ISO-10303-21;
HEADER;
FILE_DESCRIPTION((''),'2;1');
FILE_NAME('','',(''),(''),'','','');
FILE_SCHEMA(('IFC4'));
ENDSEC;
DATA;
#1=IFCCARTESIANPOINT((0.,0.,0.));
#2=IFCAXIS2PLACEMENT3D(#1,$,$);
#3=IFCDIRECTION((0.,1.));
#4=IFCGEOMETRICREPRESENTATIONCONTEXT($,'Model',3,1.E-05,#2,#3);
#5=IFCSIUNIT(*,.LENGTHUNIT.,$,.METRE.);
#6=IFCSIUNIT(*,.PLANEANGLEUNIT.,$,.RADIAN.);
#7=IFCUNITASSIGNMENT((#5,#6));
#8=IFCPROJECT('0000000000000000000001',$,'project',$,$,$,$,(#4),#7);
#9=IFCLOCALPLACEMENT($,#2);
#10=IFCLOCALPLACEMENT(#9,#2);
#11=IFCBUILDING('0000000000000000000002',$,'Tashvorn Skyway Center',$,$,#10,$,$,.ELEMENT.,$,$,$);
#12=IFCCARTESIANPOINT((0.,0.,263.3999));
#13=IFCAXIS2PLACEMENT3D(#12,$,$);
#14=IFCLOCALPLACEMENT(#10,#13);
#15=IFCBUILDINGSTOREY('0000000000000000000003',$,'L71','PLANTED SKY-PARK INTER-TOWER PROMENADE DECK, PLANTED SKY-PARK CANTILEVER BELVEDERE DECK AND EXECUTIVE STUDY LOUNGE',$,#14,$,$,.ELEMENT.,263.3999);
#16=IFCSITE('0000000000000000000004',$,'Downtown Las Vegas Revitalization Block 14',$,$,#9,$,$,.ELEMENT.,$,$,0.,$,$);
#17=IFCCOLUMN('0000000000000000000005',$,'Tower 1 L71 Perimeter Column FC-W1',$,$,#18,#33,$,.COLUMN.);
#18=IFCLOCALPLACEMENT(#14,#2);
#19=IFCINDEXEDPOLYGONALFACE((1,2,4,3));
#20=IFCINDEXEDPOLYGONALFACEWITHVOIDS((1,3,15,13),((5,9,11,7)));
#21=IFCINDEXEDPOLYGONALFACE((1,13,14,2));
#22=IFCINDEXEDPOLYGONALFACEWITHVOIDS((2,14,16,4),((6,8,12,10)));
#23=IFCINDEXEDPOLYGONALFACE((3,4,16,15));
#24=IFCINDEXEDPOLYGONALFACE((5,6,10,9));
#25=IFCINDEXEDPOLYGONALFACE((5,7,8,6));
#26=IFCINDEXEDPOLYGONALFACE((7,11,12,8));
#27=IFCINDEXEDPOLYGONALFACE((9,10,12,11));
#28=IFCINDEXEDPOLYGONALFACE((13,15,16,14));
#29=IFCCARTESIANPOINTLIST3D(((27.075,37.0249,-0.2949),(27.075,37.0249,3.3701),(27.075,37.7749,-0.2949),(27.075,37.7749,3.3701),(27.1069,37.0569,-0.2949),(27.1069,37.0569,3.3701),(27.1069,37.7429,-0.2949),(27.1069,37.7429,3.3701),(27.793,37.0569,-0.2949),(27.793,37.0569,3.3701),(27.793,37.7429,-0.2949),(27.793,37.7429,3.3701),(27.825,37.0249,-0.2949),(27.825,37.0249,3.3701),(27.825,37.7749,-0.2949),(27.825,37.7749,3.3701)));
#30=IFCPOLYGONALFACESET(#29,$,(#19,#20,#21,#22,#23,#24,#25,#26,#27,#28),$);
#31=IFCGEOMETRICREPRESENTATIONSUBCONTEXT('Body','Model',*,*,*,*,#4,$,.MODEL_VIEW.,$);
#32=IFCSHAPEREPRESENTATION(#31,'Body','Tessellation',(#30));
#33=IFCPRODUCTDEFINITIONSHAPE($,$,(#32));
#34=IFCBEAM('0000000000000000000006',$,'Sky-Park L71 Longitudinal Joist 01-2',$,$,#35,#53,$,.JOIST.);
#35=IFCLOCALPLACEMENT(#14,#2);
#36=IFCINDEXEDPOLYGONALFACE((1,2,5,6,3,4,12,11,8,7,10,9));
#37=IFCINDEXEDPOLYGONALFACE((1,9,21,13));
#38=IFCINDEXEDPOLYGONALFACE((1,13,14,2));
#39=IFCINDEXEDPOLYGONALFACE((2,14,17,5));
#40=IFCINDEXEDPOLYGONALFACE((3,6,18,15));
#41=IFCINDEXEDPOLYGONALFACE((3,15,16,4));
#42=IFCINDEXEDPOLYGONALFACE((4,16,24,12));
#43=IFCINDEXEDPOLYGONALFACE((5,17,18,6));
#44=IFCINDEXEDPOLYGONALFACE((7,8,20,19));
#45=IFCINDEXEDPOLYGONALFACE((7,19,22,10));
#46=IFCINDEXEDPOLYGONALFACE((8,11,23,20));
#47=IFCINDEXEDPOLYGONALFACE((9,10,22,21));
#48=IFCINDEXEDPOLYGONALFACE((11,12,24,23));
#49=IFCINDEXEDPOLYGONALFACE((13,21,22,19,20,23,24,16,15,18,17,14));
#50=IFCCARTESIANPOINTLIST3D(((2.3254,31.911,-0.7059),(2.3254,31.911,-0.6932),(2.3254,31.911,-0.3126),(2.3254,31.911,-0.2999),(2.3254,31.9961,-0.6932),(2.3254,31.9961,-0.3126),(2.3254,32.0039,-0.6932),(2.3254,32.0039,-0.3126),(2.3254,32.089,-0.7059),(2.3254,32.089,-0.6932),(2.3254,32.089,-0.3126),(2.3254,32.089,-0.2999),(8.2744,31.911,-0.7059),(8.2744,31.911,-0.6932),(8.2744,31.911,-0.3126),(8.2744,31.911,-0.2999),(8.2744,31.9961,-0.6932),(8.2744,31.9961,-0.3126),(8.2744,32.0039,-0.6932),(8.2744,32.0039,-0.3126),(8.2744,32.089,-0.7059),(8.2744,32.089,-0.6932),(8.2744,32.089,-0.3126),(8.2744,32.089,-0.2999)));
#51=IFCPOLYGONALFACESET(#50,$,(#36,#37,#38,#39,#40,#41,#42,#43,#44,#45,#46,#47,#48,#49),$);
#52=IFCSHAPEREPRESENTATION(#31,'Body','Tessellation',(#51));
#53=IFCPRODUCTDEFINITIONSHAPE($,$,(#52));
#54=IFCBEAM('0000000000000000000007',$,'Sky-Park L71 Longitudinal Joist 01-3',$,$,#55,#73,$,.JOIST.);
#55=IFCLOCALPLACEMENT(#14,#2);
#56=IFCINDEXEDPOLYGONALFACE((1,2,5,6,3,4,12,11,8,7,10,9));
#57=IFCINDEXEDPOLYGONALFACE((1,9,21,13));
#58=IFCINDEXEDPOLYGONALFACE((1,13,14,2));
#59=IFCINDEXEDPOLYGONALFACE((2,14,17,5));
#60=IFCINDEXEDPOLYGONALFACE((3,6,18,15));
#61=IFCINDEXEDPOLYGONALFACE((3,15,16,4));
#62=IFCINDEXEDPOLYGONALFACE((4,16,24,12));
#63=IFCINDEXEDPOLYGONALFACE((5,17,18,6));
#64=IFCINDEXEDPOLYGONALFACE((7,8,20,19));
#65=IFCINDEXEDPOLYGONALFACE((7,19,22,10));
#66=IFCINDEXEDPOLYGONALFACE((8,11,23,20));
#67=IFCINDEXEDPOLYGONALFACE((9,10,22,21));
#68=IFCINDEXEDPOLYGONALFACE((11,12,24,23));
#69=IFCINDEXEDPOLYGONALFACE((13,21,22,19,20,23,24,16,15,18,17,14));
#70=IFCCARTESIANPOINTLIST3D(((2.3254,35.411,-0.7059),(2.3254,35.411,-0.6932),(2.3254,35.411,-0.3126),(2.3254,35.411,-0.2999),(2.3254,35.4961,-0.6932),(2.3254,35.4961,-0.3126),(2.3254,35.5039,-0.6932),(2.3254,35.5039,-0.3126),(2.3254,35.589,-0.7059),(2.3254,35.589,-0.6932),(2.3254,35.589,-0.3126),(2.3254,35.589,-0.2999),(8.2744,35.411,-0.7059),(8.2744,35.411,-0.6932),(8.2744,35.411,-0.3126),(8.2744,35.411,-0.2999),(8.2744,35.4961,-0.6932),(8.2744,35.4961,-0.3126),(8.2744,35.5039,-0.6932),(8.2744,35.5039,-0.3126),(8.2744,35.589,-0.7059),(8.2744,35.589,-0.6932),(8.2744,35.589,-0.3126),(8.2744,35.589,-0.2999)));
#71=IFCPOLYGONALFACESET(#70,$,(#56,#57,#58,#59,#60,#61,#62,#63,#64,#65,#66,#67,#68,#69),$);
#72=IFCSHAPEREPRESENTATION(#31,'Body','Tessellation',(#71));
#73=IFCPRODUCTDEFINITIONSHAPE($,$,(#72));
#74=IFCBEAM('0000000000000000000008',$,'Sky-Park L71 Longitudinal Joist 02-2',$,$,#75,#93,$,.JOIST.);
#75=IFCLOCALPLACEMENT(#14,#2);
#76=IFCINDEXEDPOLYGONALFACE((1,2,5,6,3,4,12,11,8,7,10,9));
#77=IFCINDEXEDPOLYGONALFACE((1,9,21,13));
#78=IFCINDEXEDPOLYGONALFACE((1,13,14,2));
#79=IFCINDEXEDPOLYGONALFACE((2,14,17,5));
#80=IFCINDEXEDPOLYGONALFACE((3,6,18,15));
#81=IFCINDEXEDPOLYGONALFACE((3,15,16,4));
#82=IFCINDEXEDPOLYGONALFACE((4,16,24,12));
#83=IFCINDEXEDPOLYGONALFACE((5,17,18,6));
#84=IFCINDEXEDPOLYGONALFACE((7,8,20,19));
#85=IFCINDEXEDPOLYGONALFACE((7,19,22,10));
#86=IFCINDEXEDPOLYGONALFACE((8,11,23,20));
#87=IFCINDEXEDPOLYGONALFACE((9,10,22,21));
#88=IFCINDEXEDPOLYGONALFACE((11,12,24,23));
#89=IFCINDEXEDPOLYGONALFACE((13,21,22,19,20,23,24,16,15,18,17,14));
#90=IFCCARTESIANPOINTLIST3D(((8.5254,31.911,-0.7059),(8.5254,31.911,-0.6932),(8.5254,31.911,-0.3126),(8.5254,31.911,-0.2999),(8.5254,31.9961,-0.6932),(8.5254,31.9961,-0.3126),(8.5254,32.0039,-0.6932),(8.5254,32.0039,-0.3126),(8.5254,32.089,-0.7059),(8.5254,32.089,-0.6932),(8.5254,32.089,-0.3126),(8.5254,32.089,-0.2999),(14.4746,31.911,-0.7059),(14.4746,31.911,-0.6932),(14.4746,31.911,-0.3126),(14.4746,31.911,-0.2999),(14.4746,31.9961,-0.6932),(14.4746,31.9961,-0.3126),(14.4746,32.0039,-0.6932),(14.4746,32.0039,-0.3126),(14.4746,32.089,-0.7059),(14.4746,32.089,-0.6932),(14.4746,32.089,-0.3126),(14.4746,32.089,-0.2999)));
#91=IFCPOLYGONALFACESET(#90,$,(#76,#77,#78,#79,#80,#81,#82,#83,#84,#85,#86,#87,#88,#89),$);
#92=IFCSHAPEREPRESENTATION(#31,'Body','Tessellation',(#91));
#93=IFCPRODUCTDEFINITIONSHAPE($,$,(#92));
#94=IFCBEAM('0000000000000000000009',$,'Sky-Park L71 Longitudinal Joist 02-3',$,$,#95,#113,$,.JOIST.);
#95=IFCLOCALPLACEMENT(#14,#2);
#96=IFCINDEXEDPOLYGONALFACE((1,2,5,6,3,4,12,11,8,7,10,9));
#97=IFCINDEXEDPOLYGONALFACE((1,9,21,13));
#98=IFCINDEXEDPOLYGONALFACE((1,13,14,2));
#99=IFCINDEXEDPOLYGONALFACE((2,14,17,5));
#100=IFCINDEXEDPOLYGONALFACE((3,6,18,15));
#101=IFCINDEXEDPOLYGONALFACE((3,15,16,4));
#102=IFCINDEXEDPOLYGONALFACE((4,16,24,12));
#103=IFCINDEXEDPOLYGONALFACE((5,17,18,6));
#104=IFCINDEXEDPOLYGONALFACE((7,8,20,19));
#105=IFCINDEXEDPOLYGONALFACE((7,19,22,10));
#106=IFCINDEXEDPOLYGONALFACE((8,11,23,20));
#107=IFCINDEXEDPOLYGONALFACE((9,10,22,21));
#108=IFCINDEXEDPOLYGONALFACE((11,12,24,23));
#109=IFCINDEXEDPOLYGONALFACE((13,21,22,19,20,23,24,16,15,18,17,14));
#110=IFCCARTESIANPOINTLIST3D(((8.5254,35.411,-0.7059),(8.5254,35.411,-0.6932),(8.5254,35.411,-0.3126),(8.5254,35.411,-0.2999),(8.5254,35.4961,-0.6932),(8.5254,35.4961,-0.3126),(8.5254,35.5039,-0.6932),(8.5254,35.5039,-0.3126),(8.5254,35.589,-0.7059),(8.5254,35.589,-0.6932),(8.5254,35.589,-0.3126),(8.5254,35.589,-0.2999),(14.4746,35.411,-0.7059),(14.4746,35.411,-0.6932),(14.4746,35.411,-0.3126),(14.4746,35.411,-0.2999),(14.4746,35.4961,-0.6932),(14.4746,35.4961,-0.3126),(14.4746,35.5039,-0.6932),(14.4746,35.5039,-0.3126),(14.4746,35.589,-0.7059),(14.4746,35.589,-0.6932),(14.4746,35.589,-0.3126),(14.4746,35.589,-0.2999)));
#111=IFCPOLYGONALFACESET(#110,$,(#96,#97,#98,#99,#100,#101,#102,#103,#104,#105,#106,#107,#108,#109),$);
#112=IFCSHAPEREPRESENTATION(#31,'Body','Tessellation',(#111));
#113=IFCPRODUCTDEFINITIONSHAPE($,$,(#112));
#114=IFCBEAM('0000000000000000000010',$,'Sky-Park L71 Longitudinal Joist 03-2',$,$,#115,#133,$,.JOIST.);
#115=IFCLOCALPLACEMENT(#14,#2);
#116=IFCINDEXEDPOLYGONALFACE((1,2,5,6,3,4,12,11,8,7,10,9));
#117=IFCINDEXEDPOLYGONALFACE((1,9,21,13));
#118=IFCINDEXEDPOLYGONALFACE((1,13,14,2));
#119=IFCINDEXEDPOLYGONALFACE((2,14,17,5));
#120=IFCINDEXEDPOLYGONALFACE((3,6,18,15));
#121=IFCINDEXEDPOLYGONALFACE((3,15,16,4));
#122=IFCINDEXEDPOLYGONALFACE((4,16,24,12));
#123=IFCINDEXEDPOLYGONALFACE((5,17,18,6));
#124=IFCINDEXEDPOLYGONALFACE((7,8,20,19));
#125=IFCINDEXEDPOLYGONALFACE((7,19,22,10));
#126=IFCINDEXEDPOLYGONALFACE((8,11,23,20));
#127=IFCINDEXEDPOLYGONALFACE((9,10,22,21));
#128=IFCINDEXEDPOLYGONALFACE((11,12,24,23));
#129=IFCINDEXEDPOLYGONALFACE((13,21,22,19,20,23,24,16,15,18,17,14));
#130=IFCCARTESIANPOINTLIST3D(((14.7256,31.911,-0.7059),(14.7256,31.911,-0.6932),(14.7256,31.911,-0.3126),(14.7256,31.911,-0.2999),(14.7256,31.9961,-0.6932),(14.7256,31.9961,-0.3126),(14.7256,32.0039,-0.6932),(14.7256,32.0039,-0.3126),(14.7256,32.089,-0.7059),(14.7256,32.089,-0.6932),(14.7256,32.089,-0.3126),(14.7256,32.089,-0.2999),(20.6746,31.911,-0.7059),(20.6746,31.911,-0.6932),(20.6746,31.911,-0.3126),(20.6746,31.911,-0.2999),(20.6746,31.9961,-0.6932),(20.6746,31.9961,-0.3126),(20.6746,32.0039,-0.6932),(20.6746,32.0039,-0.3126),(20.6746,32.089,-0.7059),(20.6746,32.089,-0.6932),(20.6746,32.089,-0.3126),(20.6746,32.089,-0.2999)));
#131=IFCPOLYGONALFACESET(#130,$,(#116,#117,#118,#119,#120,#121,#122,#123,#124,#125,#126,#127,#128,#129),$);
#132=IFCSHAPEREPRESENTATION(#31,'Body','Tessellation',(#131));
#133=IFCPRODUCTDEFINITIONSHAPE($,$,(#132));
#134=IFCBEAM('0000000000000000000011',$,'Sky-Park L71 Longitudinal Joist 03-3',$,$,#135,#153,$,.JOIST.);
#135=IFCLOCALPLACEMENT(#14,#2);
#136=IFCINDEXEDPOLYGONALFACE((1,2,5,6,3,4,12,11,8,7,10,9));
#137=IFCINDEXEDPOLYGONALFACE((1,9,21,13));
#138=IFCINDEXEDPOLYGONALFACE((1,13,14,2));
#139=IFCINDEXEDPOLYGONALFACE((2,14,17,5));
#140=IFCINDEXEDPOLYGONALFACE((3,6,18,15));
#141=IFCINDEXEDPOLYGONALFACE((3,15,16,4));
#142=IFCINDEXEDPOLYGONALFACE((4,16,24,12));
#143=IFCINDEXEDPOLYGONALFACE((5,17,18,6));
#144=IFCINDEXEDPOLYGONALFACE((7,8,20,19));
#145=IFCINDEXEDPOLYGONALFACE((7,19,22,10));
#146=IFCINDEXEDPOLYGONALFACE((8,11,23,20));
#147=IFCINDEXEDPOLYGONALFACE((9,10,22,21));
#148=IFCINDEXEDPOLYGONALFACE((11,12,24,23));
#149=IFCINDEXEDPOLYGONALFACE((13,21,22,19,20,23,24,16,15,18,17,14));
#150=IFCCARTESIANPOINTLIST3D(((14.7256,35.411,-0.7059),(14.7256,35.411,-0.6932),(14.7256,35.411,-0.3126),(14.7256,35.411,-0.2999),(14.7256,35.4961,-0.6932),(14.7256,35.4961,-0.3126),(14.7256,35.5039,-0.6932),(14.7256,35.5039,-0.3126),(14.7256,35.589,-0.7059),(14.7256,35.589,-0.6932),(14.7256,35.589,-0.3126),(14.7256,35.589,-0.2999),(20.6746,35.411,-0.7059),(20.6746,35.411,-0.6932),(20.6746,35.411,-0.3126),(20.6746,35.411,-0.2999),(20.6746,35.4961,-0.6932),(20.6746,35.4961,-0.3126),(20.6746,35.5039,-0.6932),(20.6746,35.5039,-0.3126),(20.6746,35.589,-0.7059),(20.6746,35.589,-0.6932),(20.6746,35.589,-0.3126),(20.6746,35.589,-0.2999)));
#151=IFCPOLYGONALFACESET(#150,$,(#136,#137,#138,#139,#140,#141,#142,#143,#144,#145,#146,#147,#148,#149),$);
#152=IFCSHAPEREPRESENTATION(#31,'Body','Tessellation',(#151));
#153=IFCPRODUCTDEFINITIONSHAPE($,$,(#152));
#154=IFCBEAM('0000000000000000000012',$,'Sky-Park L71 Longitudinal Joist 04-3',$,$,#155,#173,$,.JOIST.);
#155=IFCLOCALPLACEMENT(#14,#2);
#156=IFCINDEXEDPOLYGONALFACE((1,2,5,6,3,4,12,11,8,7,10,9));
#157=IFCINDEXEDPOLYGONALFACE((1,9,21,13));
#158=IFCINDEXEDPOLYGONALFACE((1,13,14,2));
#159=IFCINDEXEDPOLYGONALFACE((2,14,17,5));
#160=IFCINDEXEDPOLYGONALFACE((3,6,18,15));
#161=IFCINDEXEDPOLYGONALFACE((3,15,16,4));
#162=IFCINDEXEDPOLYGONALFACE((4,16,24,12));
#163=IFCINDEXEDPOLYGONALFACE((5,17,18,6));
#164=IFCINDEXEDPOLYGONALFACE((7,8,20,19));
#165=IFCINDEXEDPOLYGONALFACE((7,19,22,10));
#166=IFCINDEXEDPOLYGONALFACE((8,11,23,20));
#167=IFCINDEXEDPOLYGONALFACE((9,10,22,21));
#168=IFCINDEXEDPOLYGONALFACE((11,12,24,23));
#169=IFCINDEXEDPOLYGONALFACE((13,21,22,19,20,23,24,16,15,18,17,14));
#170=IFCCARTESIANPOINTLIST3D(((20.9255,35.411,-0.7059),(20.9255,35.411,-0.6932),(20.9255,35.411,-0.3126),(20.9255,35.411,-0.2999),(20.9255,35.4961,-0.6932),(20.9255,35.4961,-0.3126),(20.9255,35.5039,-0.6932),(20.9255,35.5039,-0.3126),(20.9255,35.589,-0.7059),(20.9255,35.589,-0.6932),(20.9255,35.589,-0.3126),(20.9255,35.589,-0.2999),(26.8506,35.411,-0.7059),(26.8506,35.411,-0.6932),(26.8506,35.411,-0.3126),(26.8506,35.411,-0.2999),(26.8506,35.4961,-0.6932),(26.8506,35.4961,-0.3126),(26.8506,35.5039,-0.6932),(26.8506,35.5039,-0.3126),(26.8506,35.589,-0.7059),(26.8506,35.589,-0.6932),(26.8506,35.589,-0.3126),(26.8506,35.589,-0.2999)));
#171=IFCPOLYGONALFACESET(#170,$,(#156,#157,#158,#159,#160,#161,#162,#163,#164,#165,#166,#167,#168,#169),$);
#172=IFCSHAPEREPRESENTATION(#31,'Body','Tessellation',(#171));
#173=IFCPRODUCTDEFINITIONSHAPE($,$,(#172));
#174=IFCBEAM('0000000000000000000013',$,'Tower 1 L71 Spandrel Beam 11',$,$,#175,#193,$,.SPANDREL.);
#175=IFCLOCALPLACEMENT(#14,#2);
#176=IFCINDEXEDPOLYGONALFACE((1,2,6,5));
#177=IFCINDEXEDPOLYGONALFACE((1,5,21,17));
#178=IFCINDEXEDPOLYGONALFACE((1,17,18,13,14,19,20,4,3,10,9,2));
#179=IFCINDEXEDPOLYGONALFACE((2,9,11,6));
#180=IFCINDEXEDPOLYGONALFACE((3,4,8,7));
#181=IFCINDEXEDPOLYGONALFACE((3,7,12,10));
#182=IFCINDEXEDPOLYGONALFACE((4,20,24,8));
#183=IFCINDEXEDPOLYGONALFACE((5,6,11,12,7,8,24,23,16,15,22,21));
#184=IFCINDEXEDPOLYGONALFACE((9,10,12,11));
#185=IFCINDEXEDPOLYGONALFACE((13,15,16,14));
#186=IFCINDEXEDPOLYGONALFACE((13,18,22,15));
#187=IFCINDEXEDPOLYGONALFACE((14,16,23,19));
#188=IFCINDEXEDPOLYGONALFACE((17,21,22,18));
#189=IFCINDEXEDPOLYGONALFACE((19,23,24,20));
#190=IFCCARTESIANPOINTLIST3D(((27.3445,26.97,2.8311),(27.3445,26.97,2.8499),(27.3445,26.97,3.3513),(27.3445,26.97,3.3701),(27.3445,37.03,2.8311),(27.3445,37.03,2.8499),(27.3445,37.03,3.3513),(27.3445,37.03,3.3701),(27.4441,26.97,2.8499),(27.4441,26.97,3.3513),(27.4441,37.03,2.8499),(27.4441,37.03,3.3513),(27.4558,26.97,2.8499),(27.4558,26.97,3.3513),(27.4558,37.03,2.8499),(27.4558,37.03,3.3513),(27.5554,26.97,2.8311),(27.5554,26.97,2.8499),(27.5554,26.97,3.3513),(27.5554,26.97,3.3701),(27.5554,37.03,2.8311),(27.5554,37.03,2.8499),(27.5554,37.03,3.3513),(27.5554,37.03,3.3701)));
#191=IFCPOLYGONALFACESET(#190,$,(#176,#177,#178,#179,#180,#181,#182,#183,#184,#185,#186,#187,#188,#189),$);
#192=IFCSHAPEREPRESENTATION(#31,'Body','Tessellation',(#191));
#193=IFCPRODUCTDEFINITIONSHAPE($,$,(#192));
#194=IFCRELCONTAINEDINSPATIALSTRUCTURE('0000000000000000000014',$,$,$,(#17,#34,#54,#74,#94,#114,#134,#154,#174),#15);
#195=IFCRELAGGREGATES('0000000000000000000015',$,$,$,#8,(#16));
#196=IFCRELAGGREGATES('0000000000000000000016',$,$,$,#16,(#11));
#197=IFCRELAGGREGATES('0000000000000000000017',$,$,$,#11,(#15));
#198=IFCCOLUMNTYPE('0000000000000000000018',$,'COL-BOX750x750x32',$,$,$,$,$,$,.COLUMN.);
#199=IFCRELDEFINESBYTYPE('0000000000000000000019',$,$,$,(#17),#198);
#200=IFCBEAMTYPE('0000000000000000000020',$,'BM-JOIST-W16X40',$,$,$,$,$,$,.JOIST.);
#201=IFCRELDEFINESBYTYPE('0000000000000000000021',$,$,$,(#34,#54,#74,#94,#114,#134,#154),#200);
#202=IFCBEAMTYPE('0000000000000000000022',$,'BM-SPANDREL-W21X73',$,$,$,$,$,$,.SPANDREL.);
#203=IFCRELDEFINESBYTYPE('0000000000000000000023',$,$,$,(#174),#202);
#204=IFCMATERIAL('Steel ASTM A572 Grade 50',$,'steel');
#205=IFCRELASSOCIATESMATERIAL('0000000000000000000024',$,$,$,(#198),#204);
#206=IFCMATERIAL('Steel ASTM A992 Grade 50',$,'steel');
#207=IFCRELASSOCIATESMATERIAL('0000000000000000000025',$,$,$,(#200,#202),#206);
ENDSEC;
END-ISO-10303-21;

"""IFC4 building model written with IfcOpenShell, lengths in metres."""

from ifc_helpers import new_model, si_unit, direction, frame, origin, origin_2d, place, context, subcontext, project, spatial, hollow_rectangle, i_section, extrude, material, material_profile, profile_set, type_object, element, save


model = new_model("IFC4")

# Units and contexts
model_context = context("Model", 3, precision=1e-05, world=origin(), true_north=direction((0.0, 1.0)))
body_context = subcontext(model_context, "Body", "Model", "MODEL_VIEW")
ifc_project = project(units=[si_unit("LENGTHUNIT", "METRE"), si_unit("PLANEANGLEUNIT", "RADIAN")], contexts=[model_context])

# Site, building, storey
site_placement = place(None, origin())
site = spatial("IfcSite", under=ifc_project, at=site_placement, Name="Downtown Las Vegas Revitalization Block 14", CompositionType="ELEMENT", RefElevation=0.0)
building_placement = place(site_placement, origin())
building = spatial("IfcBuilding", under=site, at=building_placement, Name="Tashvorn Skyway Center", CompositionType="ELEMENT")
storey_placement = place(building_placement, frame((0.0, 0.0, 263.3999)))
storey = spatial("IfcBuildingStorey", under=building, at=storey_placement, Name="L71", Description="PLANTED SKY-PARK INTER-TOWER PROMENADE DECK, PLANTED SKY-PARK CANTILEVER BELVEDERE DECK AND EXECUTIVE STUDY LOUNGE", CompositionType="ELEMENT", Elevation=263.3999)

# Column
ifc_material_1 = material(Name="Steel ASTM A572 Grade 50", Category="steel")
ifc_material_profile_1 = material_profile(ifc_material_1, hollow_rectangle(XDim=0.75, YDim=0.75, WallThickness=0.032, at=origin_2d()), Name="BOX750x750x32")
ifc_profile_set_1 = profile_set([ifc_material_profile_1], Name="Steel ASTM A572 Grade 50")
column_type = type_object("IfcColumnType", Name="COL-BOX750x750x32", PredefinedType="COLUMN", material=ifc_profile_set_1)
column_placement = place(storey_placement, frame((27.45, 37.3999, -0.2949), z_axis=(0.0, 0.0, 1.0), x_axis=(1.0, 0.0, 0.0)))
element("IfcColumn", 1, at=column_placement, inside=storey, type_object=column_type, Name="Tower 1 L71 Perimeter Column FC-W1", PredefinedType="COLUMN", context=body_context, shape_type="SweptSolid", body=[
    extrude(hollow_rectangle(XDim=0.75, YDim=0.75, WallThickness=0.032, at=origin_2d()), origin(), (0.0, 0.0, 1.0), 3.665),
])

# Beams
ifc_material_2 = material(Name="Steel ASTM A992 Grade 50", Category="steel")
ifc_material_profile_2 = material_profile(ifc_material_2, i_section(OverallWidth=0.178, OverallDepth=0.406, WebThickness=0.0078, FlangeThickness=0.0127, at=origin_2d()), Name="W16X40")
ifc_profile_set_2 = profile_set([ifc_material_profile_2], Name="Steel ASTM A992 Grade 50")
beam_type_1 = type_object("IfcBeamType", Name="BM-JOIST-W16X40", PredefinedType="JOIST", material=ifc_profile_set_2)
for number, where, z_axis, x_axis, name in (
    (2, (2.3254, 32.0, -0.5029), (1.0, 0.0, 0.0), (0.0, 1.0, 0.0), "Sky-Park L71 Longitudinal Joist 01-2"),
    (3, (2.3254, 35.5, -0.5029), (1.0, 0.0, 0.0), (0.0, 1.0, 0.0), "Sky-Park L71 Longitudinal Joist 01-3"),
):
    element("IfcBeam", number, at=place(storey_placement, frame(where, z_axis=z_axis, x_axis=x_axis)), inside=storey, type_object=beam_type_1, Name=name, PredefinedType="JOIST", context=body_context, shape_type="SweptSolid", body=[
        extrude(i_section(OverallWidth=0.178, OverallDepth=0.406, WebThickness=0.0078, FlangeThickness=0.0127, at=origin_2d()), origin(), (0.0, 0.0, 1.0), 5.949),
    ])
for number, where, z_axis, x_axis, name in (
    (4, (8.5254, 32.0, -0.5029), (1.0, 0.0, 0.0), (0.0, 1.0, 0.0), "Sky-Park L71 Longitudinal Joist 02-2"),
    (5, (8.5254, 35.5, -0.5029), (1.0, 0.0, 0.0), (0.0, 1.0, 0.0), "Sky-Park L71 Longitudinal Joist 02-3"),
):
    element("IfcBeam", number, at=place(storey_placement, frame(where, z_axis=z_axis, x_axis=x_axis)), inside=storey, type_object=beam_type_1, Name=name, PredefinedType="JOIST", context=body_context, shape_type="SweptSolid", body=[
        extrude(i_section(OverallWidth=0.178, OverallDepth=0.406, WebThickness=0.0078, FlangeThickness=0.0127, at=origin_2d()), origin(), (0.0, 0.0, 1.0), 5.9492),
    ])
for number, where, z_axis, x_axis, name in (
    (6, (14.7256, 32.0, -0.5029), (1.0, 0.0, 0.0), (0.0, 1.0, 0.0), "Sky-Park L71 Longitudinal Joist 03-2"),
    (7, (14.7256, 35.5, -0.5029), (1.0, 0.0, 0.0), (0.0, 1.0, 0.0), "Sky-Park L71 Longitudinal Joist 03-3"),
):
    element("IfcBeam", number, at=place(storey_placement, frame(where, z_axis=z_axis, x_axis=x_axis)), inside=storey, type_object=beam_type_1, Name=name, PredefinedType="JOIST", context=body_context, shape_type="SweptSolid", body=[
        extrude(i_section(OverallWidth=0.178, OverallDepth=0.406, WebThickness=0.0078, FlangeThickness=0.0127, at=origin_2d()), origin(), (0.0, 0.0, 1.0), 5.949),
    ])
beam_1_placement = place(storey_placement, frame((20.9255, 35.5, -0.5029), z_axis=(1.0, 0.0, 0.0), x_axis=(0.0, 1.0, 0.0)))
element("IfcBeam", 8, at=beam_1_placement, inside=storey, type_object=beam_type_1, Name="Sky-Park L71 Longitudinal Joist 04-3", PredefinedType="JOIST", context=body_context, shape_type="SweptSolid", body=[
    extrude(i_section(OverallWidth=0.178, OverallDepth=0.406, WebThickness=0.0078, FlangeThickness=0.0127, at=origin_2d()), origin(), (0.0, 0.0, 1.0), 5.925),
])
ifc_material_profile_3 = material_profile(ifc_material_2, i_section(OverallWidth=0.2109, OverallDepth=0.5391, WebThickness=0.0117, FlangeThickness=0.0188, at=origin_2d()), Name="W21X73")
ifc_profile_set_3 = profile_set([ifc_material_profile_3], Name="Steel ASTM A992 Grade 50")
beam_type_2 = type_object("IfcBeamType", Name="BM-SPANDREL-W21X73", PredefinedType="SPANDREL", material=ifc_profile_set_3)
beam_2_placement = place(storey_placement, frame((27.45, 37.03, 3.1006), z_axis=(0.0, -1.0, 0.0), x_axis=(1.0, 0.0, 0.0)))
element("IfcBeam", 9, at=beam_2_placement, inside=storey, type_object=beam_type_2, Name="Tower 1 L71 Spandrel Beam 11", PredefinedType="SPANDREL", context=body_context, shape_type="SweptSolid", body=[
    extrude(i_section(OverallWidth=0.2109, OverallDepth=0.5391, WebThickness=0.0117, FlangeThickness=0.0188, at=origin_2d()), origin(), (0.0, 0.0, 1.0), 10.0601),
])

save(model, "model.ifc")
